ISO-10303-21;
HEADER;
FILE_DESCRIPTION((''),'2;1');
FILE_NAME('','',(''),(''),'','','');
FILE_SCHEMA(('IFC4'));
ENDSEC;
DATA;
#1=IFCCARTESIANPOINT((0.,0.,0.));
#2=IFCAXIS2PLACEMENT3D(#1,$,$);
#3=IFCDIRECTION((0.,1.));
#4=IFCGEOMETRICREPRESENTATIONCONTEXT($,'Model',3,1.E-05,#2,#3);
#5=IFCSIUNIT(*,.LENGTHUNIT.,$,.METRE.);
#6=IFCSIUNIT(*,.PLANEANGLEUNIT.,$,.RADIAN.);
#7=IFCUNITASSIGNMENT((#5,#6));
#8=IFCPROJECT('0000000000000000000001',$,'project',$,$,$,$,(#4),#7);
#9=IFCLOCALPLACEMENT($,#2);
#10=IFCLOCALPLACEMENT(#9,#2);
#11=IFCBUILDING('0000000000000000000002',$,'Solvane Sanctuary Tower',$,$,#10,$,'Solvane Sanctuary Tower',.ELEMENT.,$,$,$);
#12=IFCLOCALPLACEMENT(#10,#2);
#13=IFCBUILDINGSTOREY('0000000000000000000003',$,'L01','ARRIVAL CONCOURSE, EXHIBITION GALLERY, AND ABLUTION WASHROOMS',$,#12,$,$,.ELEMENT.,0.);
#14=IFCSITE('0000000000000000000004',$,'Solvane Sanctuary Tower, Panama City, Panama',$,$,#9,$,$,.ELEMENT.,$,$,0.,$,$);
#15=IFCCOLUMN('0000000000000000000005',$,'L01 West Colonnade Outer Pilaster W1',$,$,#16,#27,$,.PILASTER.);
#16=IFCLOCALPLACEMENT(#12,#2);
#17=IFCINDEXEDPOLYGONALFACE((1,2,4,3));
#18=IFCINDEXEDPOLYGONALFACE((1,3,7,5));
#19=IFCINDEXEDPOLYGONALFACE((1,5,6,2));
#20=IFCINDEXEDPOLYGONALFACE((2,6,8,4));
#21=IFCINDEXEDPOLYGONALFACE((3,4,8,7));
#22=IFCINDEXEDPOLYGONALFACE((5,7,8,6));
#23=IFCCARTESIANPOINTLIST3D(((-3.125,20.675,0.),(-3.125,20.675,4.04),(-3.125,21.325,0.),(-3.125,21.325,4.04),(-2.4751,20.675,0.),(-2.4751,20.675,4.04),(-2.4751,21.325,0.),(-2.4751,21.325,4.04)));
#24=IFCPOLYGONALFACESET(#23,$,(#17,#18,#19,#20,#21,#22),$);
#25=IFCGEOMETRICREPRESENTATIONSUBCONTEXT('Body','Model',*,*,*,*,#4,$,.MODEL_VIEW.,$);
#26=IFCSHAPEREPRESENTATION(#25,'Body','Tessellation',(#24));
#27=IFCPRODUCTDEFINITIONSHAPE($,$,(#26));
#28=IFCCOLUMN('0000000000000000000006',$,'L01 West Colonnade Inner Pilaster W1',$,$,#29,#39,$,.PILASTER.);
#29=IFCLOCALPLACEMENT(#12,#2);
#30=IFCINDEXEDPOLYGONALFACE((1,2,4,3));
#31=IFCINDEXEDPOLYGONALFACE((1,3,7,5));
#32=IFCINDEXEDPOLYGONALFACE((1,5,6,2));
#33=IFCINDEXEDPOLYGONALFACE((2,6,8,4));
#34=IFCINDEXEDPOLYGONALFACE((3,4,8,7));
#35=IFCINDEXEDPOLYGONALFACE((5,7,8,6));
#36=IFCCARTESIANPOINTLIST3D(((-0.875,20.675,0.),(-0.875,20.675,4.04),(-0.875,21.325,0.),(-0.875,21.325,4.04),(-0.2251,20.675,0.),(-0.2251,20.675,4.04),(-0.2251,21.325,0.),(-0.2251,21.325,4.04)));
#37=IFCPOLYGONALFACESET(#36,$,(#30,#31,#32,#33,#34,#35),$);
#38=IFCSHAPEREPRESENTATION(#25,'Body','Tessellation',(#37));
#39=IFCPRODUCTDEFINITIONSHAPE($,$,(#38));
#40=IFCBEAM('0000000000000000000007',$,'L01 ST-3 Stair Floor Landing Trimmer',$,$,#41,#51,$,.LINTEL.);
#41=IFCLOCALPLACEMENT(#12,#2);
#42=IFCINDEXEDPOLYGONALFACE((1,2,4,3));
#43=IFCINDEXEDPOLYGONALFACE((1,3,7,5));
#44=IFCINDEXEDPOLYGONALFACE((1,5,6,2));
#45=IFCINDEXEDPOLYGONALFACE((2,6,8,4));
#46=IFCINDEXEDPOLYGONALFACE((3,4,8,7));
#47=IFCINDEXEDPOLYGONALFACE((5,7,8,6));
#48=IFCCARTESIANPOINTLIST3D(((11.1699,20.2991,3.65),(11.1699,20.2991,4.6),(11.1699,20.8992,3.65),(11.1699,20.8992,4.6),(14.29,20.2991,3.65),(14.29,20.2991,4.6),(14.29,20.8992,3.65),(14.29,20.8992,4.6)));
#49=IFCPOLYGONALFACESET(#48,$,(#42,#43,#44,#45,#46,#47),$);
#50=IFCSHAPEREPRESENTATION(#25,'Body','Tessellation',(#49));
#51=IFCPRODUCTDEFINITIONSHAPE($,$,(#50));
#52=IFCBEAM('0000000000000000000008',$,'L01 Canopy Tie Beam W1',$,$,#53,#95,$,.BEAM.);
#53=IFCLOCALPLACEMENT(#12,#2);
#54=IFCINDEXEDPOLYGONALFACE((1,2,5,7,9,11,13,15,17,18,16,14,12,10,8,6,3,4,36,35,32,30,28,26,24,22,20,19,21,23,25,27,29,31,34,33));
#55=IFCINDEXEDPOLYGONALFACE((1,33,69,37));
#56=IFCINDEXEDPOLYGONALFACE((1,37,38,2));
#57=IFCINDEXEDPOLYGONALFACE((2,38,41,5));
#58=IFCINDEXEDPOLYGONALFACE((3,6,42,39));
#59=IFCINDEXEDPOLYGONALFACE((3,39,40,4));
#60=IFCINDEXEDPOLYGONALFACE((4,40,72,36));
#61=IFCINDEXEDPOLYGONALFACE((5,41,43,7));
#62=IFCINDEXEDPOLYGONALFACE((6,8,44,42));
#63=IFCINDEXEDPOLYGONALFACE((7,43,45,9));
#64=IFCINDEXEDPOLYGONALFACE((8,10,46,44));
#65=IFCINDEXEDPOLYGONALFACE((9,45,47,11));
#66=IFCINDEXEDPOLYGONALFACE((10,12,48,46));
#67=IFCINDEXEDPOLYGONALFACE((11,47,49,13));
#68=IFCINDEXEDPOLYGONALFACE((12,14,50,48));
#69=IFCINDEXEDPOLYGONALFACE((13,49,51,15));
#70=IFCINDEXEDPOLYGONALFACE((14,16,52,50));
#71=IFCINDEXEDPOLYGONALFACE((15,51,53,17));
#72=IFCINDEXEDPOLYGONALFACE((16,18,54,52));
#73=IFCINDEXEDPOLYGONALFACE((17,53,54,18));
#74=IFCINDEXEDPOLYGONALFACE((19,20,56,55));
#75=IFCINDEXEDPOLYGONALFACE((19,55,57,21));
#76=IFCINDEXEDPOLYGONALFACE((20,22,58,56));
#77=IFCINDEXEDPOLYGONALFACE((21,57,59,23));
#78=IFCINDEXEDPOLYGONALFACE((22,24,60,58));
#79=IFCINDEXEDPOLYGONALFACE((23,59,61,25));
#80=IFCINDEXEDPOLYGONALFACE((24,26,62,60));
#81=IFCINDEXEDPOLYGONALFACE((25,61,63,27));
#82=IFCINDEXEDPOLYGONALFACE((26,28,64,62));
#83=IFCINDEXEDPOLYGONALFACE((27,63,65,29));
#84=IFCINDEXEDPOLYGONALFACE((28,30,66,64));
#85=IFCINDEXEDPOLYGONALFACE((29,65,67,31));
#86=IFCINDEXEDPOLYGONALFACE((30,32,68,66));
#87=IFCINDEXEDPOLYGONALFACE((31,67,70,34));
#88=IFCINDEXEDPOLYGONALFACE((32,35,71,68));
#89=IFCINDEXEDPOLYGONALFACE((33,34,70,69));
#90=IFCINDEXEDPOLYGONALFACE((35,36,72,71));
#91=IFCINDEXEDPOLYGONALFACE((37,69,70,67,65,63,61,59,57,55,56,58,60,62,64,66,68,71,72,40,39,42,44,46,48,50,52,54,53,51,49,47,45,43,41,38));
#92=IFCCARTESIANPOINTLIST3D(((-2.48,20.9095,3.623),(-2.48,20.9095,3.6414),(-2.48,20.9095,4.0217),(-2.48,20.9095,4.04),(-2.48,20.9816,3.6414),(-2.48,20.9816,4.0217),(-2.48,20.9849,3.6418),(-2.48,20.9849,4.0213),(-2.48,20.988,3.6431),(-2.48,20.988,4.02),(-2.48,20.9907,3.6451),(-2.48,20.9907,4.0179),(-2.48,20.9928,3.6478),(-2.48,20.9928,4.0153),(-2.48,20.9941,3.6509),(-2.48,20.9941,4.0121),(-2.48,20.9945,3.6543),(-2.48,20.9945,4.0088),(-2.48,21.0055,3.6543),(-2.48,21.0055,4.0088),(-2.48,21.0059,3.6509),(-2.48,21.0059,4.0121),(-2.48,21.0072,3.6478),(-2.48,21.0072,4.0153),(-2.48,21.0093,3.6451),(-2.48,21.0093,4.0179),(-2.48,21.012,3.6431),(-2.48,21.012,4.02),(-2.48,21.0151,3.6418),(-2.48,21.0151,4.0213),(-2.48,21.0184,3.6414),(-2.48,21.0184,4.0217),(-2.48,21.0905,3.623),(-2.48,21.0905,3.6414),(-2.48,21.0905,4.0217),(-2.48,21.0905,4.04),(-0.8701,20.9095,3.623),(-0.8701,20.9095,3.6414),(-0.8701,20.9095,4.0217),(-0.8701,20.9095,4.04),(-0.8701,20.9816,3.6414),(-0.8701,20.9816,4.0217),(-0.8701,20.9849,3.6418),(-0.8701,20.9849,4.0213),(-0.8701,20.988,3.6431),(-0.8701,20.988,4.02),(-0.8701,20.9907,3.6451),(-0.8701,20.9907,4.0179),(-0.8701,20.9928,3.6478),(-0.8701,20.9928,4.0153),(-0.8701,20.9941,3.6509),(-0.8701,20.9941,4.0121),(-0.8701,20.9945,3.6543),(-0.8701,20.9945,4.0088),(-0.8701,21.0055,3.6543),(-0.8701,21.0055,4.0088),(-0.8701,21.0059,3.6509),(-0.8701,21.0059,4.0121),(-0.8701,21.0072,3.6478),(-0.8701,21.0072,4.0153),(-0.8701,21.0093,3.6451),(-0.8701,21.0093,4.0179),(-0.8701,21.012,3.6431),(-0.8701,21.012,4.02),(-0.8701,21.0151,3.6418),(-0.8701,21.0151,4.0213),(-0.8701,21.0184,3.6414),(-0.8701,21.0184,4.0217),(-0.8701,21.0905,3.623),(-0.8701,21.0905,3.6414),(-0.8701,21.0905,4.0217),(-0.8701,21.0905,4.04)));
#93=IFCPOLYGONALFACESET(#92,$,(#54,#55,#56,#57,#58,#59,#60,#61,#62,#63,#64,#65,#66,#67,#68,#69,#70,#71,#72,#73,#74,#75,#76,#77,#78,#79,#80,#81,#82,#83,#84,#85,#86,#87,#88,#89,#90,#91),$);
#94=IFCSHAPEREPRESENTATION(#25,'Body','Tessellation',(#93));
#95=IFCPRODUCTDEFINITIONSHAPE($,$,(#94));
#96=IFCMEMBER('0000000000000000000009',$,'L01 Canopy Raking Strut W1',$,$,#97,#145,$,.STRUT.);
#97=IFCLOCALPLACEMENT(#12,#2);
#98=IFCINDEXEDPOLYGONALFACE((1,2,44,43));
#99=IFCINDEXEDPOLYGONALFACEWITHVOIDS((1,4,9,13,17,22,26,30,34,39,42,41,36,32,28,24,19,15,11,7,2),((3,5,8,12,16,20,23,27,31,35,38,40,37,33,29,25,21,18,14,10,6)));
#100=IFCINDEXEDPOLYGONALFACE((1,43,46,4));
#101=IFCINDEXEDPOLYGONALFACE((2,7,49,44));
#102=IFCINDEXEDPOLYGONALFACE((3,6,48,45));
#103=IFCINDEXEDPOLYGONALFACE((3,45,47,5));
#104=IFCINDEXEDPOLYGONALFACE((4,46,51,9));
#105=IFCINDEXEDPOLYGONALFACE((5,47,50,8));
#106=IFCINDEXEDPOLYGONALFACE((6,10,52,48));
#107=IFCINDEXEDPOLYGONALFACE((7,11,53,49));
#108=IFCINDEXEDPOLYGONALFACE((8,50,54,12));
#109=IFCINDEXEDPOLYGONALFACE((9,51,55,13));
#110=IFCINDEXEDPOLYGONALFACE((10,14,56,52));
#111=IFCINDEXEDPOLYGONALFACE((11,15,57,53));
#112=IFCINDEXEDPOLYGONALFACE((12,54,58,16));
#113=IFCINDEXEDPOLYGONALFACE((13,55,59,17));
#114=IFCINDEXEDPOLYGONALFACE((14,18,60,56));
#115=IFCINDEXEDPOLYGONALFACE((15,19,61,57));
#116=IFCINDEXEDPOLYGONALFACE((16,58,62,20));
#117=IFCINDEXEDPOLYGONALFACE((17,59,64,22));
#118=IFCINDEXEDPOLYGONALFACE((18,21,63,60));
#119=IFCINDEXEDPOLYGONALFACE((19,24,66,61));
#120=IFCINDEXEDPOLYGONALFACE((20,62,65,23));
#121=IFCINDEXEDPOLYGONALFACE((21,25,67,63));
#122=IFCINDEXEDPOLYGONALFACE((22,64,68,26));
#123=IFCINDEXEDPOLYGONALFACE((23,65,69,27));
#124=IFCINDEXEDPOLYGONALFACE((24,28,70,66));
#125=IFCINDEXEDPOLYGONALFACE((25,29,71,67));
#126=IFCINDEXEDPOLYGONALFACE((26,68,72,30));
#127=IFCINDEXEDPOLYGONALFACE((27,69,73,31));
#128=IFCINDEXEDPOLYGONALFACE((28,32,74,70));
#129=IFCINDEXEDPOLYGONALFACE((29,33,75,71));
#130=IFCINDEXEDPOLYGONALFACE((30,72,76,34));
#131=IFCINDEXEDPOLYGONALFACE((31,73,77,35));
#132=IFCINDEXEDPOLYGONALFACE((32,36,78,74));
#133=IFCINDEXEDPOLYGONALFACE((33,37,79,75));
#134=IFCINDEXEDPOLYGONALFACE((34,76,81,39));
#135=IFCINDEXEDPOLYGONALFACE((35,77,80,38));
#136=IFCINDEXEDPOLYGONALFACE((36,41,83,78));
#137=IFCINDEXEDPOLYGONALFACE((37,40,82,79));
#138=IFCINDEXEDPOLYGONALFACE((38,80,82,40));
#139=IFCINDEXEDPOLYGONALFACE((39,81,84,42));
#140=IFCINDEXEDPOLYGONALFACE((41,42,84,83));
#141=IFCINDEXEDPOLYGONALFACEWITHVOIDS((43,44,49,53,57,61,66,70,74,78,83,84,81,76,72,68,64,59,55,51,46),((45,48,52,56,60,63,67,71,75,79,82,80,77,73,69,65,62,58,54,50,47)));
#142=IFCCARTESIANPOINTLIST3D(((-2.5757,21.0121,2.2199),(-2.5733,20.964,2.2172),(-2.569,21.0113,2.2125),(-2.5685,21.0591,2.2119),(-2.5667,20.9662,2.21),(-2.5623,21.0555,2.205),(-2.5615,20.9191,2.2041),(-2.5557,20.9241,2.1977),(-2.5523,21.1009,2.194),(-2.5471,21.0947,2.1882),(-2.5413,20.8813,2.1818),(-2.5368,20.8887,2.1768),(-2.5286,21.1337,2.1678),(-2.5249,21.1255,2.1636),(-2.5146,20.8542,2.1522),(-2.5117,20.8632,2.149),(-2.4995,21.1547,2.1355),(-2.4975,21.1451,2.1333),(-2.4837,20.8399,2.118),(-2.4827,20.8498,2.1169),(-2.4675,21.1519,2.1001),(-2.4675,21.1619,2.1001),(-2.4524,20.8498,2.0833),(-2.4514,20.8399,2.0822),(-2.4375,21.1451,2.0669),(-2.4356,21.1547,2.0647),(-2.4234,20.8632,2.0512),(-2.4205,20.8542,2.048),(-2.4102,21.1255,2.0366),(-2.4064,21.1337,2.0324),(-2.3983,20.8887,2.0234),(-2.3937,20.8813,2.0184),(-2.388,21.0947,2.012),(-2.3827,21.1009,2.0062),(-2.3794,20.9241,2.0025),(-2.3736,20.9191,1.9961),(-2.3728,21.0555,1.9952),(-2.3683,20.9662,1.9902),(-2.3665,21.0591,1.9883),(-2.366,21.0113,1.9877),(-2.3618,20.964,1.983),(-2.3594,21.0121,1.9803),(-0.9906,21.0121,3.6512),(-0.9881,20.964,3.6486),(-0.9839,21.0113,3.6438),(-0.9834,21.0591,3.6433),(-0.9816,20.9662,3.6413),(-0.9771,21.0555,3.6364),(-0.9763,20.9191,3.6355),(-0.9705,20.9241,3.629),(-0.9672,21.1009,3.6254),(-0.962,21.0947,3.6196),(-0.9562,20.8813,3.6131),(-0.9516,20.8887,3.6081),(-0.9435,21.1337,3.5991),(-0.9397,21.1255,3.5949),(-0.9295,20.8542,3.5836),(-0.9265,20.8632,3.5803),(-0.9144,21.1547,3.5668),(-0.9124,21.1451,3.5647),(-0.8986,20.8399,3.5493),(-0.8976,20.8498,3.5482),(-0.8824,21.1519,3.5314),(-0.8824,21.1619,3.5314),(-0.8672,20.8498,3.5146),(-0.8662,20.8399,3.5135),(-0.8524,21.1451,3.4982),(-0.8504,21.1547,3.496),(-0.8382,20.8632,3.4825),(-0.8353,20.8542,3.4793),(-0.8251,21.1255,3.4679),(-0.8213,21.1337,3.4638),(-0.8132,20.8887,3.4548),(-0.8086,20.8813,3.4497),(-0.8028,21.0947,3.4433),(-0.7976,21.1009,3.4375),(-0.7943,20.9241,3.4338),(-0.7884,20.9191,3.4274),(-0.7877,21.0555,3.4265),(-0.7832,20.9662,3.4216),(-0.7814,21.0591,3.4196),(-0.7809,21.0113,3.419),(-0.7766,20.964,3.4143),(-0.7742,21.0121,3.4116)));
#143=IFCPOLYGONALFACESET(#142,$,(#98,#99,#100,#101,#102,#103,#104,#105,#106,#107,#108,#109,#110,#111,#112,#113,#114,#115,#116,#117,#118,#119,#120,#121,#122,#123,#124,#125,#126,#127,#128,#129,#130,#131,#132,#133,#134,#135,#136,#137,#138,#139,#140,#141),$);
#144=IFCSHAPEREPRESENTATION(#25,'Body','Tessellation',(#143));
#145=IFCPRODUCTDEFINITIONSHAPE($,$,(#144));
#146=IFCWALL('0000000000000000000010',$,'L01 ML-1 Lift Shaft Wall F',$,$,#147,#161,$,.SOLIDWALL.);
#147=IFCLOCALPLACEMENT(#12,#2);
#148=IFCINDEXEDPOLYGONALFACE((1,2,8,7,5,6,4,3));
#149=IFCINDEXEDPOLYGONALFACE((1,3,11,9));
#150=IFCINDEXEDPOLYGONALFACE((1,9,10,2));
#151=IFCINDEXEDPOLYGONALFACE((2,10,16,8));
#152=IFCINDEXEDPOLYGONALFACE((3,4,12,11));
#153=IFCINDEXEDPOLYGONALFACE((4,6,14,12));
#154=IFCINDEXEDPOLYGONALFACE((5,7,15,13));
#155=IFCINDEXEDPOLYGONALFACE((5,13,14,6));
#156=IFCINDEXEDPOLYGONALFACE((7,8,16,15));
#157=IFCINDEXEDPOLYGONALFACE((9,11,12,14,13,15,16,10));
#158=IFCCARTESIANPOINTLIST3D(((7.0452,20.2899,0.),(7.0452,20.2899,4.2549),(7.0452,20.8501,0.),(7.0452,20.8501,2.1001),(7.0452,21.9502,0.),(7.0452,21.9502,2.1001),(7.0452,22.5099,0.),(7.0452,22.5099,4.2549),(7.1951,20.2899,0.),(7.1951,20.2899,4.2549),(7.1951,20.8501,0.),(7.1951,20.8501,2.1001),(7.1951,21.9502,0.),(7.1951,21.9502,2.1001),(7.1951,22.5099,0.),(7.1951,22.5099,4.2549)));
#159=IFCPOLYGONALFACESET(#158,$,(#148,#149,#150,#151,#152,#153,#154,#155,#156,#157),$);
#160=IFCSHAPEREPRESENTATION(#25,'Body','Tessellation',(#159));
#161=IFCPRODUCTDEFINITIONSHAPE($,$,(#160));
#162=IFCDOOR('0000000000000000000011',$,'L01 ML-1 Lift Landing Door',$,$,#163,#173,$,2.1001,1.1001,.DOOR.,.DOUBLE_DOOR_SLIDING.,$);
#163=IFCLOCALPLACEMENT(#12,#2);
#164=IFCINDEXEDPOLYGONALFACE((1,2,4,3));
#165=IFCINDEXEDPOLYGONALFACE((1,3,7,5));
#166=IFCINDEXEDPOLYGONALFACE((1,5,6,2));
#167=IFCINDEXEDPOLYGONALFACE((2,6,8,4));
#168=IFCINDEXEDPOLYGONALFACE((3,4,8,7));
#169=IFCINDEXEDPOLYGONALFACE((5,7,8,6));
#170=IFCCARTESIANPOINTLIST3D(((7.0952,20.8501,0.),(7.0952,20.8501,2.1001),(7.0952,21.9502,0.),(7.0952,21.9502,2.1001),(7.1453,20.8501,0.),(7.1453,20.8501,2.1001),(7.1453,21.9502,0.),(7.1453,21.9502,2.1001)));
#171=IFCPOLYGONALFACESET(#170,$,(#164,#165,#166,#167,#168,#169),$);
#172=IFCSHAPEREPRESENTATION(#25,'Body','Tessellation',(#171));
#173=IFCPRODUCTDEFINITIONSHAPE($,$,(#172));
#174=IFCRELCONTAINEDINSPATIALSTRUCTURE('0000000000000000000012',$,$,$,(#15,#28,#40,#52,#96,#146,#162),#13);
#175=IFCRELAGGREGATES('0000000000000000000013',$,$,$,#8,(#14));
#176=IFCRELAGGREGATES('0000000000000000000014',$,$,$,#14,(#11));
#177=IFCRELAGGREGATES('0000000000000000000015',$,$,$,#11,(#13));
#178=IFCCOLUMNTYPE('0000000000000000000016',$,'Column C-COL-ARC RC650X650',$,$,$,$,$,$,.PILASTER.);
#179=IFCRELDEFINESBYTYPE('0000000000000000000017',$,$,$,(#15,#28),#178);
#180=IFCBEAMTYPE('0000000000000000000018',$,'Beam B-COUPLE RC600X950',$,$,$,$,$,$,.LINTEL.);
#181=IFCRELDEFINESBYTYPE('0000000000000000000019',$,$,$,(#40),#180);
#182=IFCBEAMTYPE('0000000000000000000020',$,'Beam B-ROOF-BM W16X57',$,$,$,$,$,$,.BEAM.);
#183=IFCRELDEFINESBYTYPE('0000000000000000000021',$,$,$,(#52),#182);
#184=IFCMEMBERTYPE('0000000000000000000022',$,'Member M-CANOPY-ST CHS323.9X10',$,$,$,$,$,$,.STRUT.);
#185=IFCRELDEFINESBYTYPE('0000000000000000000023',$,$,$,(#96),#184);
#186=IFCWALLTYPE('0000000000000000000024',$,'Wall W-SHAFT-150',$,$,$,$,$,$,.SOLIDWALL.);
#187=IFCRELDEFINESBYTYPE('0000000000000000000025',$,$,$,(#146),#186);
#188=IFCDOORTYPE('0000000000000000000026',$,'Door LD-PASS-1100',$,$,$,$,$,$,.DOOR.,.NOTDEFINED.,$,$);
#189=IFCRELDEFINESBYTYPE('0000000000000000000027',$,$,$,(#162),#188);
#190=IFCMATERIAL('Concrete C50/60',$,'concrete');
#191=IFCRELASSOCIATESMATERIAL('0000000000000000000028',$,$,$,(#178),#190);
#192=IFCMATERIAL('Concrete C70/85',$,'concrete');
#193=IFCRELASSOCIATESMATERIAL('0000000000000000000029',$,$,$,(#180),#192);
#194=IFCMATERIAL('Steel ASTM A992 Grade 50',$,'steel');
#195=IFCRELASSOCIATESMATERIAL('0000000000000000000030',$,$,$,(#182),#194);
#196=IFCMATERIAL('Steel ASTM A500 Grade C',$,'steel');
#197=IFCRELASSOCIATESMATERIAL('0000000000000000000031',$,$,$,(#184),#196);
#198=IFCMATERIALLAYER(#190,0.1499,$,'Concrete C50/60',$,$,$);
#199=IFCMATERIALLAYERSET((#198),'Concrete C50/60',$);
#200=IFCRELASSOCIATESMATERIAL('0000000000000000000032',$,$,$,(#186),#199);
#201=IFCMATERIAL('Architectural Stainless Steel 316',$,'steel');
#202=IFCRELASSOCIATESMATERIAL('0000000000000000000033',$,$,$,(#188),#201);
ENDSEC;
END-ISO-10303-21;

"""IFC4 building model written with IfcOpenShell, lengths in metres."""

from ifc_helpers import new_model, si_unit, direction, frame, frame_2d, origin, origin_2d, place, context, subcontext, project, spatial, rectangle, hollow_circle, i_section, extrude, material, layer, layer_set, material_profile, profile_set, type_object, element, fill, save


model = new_model("IFC4")

# Units and contexts
model_context = context("Model", 3, precision=1e-05, world=origin(), true_north=direction((0.0, 1.0)))
body_context = subcontext(model_context, "Body", "Model", "MODEL_VIEW")
ifc_project = project(units=[si_unit("LENGTHUNIT", "METRE"), si_unit("PLANEANGLEUNIT", "RADIAN")], contexts=[model_context])

# Site, building, storey
site_placement = place(None, origin())
site = spatial("IfcSite", under=ifc_project, at=site_placement, Name="Solvane Sanctuary Tower, Panama City, Panama", CompositionType="ELEMENT", RefElevation=0.0)
building_placement = place(site_placement, origin())
building = spatial("IfcBuilding", under=site, at=building_placement, Name="Solvane Sanctuary Tower", LongName="Solvane Sanctuary Tower", CompositionType="ELEMENT")
storey_placement = place(building_placement, origin())
storey = spatial("IfcBuildingStorey", under=building, at=storey_placement, Name="L01", Description="ARRIVAL CONCOURSE, EXHIBITION GALLERY, AND ABLUTION WASHROOMS", CompositionType="ELEMENT", Elevation=0.0)

# Columns
ifc_material_1 = material(Name="Concrete C50/60", Category="concrete")
ifc_material_profile_1 = material_profile(ifc_material_1, rectangle(XDim=0.6499, YDim=0.6499, at=origin_2d()), Name="RC650X650")
ifc_profile_set_1 = profile_set([ifc_material_profile_1], Name="Concrete C50/60")
column_type = type_object("IfcColumnType", Name="Column C-COL-ARC RC650X650", PredefinedType="PILASTER", material=ifc_profile_set_1)
for number, where, z_axis, x_axis, name in (
    (1, (-2.8, 21.0, 0.0), (0.0, 0.0, 1.0), (1.0, 0.0, 0.0), "L01 West Colonnade Outer Pilaster W1"),
    (2, (-0.55, 21.0, 0.0), (0.0, 0.0, 1.0), (1.0, 0.0, 0.0), "L01 West Colonnade Inner Pilaster W1"),
):
    element("IfcColumn", number, at=place(storey_placement, frame(where, z_axis=z_axis, x_axis=x_axis)), inside=storey, type_object=column_type, Name=name, PredefinedType="PILASTER", context=body_context, shape_type="SweptSolid", body=[
        extrude(rectangle(XDim=0.6499, YDim=0.6499, at=origin_2d()), origin(), (0.0, 0.0, 1.0), 4.04),
    ])

# Beams
ifc_material_2 = material(Name="Concrete C70/85", Category="concrete")
ifc_material_profile_2 = material_profile(ifc_material_2, rectangle(XDim=0.6001, YDim=0.95, at=origin_2d()), Name="RC600X950")
ifc_profile_set_2 = profile_set([ifc_material_profile_2], Name="Concrete C70/85")
beam_type_1 = type_object("IfcBeamType", Name="Beam B-COUPLE RC600X950", PredefinedType="LINTEL", material=ifc_profile_set_2)
beam_1_placement = place(storey_placement, frame((11.1699, 20.5991, 4.125), z_axis=(1.0, 0.0, 0.0), x_axis=(0.0, 1.0, 0.0)))
element("IfcBeam", 3, at=beam_1_placement, inside=storey, type_object=beam_type_1, Name="L01 ST-3 Stair Floor Landing Trimmer", PredefinedType="LINTEL", context=body_context, shape_type="SweptSolid", body=[
    extrude(rectangle(XDim=0.6001, YDim=0.95, at=origin_2d()), origin(), (0.0, 0.0, 1.0), 3.1201),
])
ifc_material_3 = material(Name="Steel ASTM A992 Grade 50", Category="steel")
ifc_material_profile_3 = material_profile(ifc_material_3, i_section(OverallWidth=0.1809, OverallDepth=0.417, WebThickness=0.011, FlangeThickness=0.0183, FilletRadius=0.0129, at=origin_2d()), Name="W16X57")
ifc_profile_set_3 = profile_set([ifc_material_profile_3], Name="Steel ASTM A992 Grade 50")
beam_type_2 = type_object("IfcBeamType", Name="Beam B-ROOF-BM W16X57", PredefinedType="BEAM", material=ifc_profile_set_3)
beam_2_placement = place(storey_placement, frame((-2.48, 21.0, 3.8315), z_axis=(1.0, 0.0, 0.0), x_axis=(0.0, 1.0, 0.0)))
element("IfcBeam", 4, at=beam_2_placement, inside=storey, type_object=beam_type_2, Name="L01 Canopy Tie Beam W1", PredefinedType="BEAM", context=body_context, shape_type="SweptSolid", body=[
    extrude(i_section(OverallWidth=0.1809, OverallDepth=0.417, WebThickness=0.011, FlangeThickness=0.0183, FilletRadius=0.0129, at=origin_2d()), origin(), (0.0, 0.0, 1.0), 1.6099),
])

# Member
ifc_material_4 = material(Name="Steel ASTM A500 Grade C", Category="steel")
ifc_material_profile_4 = material_profile(ifc_material_4, hollow_circle(Radius=0.1619, WallThickness=0.01, at=origin_2d()), Name="CHS323.9X10")
ifc_profile_set_4 = profile_set([ifc_material_profile_4], Name="Steel ASTM A500 Grade C")
member_type = type_object("IfcMemberType", Name="Member M-CANOPY-ST CHS323.9X10", PredefinedType="STRUT", material=ifc_profile_set_4)
member_placement = place(storey_placement, frame((-2.4675, 21.0, 2.1001), z_axis=(0.742196, 0.0, 0.670183), x_axis=(0.0, 1.0, 0.0)))
element("IfcMember", 5, at=member_placement, inside=storey, type_object=member_type, Name="L01 Canopy Raking Strut W1", PredefinedType="STRUT", context=body_context, shape_type="SweptSolid", body=[
    extrude(hollow_circle(Radius=0.1619, WallThickness=0.01, at=origin_2d()), origin(), (0.0, 0.0, 1.0), 2.1357),
])

# Wall, opening, door
ifc_layer_1 = layer(ifc_material_1, 0.1499, Name="Concrete C50/60")
ifc_layer_set_1 = layer_set([ifc_layer_1], Name="Concrete C50/60")
wall_type = type_object("IfcWallType", Name="Wall W-SHAFT-150", PredefinedType="SOLIDWALL", material=ifc_layer_set_1)
wall_1_placement = place(storey_placement, frame((7.1201, 20.29, 0.0), z_axis=(0.0, 0.0, 1.0), x_axis=(0.0, 1.0, 0.0)))
wall_1 = element("IfcWall", 6, at=wall_1_placement, inside=storey, type_object=wall_type, Name="L01 ML-1 Lift Shaft Wall F", PredefinedType="SOLIDWALL", context=body_context, shape_type="SweptSolid", body=[
    extrude(rectangle(XDim=2.22, YDim=0.1499, at=frame_2d((1.1099, 0.0))), origin(), (0.0, 0.0, 1.0), 4.2549),
])
opening_1_placement = place(wall_1_placement, frame((0.5601, 0.0, 0.0)))
opening_1 = element("IfcOpeningElement", 7, at=opening_1_placement, cuts=wall_1, PredefinedType="OPENING", context=body_context, shape_type="SweptSolid", body=[
    extrude(rectangle(XDim=1.1001, YDim=2.1001, at=frame_2d((0.55, 1.05))), frame((0.0, 0.085, 0.0), z_axis=(0.0, -1.0, 0.0), x_axis=(1.0, 0.0, 0.0)), (0.0, 0.0, 1.0), 0.1699),
])
ifc_material_5 = material(Name="Architectural Stainless Steel 316", Category="steel")
door_type = type_object("IfcDoorType", Name="Door LD-PASS-1100", OperationType="NOTDEFINED", PredefinedType="DOOR", material=ifc_material_5)
door_1_placement = place(opening_1_placement, origin())
door_1 = element("IfcDoor", 8, at=door_1_placement, inside=storey, type_object=door_type, Name="L01 ML-1 Lift Landing Door", OperationType="DOUBLE_DOOR_SLIDING", OverallHeight=2.1001, OverallWidth=1.1001, PredefinedType="DOOR", context=body_context, shape_type="SweptSolid", body=[
    extrude(rectangle(XDim=1.1001, YDim=2.1001, at=frame_2d((0.55, 1.05))), frame((0.0, 0.0249, 0.0), z_axis=(0.0, -1.0, 0.0), x_axis=(1.0, 0.0, 0.0)), (0.0, 0.0, 1.0), 0.05),
])
fill(opening_1, door_1)

save(model, "model.ifc")
